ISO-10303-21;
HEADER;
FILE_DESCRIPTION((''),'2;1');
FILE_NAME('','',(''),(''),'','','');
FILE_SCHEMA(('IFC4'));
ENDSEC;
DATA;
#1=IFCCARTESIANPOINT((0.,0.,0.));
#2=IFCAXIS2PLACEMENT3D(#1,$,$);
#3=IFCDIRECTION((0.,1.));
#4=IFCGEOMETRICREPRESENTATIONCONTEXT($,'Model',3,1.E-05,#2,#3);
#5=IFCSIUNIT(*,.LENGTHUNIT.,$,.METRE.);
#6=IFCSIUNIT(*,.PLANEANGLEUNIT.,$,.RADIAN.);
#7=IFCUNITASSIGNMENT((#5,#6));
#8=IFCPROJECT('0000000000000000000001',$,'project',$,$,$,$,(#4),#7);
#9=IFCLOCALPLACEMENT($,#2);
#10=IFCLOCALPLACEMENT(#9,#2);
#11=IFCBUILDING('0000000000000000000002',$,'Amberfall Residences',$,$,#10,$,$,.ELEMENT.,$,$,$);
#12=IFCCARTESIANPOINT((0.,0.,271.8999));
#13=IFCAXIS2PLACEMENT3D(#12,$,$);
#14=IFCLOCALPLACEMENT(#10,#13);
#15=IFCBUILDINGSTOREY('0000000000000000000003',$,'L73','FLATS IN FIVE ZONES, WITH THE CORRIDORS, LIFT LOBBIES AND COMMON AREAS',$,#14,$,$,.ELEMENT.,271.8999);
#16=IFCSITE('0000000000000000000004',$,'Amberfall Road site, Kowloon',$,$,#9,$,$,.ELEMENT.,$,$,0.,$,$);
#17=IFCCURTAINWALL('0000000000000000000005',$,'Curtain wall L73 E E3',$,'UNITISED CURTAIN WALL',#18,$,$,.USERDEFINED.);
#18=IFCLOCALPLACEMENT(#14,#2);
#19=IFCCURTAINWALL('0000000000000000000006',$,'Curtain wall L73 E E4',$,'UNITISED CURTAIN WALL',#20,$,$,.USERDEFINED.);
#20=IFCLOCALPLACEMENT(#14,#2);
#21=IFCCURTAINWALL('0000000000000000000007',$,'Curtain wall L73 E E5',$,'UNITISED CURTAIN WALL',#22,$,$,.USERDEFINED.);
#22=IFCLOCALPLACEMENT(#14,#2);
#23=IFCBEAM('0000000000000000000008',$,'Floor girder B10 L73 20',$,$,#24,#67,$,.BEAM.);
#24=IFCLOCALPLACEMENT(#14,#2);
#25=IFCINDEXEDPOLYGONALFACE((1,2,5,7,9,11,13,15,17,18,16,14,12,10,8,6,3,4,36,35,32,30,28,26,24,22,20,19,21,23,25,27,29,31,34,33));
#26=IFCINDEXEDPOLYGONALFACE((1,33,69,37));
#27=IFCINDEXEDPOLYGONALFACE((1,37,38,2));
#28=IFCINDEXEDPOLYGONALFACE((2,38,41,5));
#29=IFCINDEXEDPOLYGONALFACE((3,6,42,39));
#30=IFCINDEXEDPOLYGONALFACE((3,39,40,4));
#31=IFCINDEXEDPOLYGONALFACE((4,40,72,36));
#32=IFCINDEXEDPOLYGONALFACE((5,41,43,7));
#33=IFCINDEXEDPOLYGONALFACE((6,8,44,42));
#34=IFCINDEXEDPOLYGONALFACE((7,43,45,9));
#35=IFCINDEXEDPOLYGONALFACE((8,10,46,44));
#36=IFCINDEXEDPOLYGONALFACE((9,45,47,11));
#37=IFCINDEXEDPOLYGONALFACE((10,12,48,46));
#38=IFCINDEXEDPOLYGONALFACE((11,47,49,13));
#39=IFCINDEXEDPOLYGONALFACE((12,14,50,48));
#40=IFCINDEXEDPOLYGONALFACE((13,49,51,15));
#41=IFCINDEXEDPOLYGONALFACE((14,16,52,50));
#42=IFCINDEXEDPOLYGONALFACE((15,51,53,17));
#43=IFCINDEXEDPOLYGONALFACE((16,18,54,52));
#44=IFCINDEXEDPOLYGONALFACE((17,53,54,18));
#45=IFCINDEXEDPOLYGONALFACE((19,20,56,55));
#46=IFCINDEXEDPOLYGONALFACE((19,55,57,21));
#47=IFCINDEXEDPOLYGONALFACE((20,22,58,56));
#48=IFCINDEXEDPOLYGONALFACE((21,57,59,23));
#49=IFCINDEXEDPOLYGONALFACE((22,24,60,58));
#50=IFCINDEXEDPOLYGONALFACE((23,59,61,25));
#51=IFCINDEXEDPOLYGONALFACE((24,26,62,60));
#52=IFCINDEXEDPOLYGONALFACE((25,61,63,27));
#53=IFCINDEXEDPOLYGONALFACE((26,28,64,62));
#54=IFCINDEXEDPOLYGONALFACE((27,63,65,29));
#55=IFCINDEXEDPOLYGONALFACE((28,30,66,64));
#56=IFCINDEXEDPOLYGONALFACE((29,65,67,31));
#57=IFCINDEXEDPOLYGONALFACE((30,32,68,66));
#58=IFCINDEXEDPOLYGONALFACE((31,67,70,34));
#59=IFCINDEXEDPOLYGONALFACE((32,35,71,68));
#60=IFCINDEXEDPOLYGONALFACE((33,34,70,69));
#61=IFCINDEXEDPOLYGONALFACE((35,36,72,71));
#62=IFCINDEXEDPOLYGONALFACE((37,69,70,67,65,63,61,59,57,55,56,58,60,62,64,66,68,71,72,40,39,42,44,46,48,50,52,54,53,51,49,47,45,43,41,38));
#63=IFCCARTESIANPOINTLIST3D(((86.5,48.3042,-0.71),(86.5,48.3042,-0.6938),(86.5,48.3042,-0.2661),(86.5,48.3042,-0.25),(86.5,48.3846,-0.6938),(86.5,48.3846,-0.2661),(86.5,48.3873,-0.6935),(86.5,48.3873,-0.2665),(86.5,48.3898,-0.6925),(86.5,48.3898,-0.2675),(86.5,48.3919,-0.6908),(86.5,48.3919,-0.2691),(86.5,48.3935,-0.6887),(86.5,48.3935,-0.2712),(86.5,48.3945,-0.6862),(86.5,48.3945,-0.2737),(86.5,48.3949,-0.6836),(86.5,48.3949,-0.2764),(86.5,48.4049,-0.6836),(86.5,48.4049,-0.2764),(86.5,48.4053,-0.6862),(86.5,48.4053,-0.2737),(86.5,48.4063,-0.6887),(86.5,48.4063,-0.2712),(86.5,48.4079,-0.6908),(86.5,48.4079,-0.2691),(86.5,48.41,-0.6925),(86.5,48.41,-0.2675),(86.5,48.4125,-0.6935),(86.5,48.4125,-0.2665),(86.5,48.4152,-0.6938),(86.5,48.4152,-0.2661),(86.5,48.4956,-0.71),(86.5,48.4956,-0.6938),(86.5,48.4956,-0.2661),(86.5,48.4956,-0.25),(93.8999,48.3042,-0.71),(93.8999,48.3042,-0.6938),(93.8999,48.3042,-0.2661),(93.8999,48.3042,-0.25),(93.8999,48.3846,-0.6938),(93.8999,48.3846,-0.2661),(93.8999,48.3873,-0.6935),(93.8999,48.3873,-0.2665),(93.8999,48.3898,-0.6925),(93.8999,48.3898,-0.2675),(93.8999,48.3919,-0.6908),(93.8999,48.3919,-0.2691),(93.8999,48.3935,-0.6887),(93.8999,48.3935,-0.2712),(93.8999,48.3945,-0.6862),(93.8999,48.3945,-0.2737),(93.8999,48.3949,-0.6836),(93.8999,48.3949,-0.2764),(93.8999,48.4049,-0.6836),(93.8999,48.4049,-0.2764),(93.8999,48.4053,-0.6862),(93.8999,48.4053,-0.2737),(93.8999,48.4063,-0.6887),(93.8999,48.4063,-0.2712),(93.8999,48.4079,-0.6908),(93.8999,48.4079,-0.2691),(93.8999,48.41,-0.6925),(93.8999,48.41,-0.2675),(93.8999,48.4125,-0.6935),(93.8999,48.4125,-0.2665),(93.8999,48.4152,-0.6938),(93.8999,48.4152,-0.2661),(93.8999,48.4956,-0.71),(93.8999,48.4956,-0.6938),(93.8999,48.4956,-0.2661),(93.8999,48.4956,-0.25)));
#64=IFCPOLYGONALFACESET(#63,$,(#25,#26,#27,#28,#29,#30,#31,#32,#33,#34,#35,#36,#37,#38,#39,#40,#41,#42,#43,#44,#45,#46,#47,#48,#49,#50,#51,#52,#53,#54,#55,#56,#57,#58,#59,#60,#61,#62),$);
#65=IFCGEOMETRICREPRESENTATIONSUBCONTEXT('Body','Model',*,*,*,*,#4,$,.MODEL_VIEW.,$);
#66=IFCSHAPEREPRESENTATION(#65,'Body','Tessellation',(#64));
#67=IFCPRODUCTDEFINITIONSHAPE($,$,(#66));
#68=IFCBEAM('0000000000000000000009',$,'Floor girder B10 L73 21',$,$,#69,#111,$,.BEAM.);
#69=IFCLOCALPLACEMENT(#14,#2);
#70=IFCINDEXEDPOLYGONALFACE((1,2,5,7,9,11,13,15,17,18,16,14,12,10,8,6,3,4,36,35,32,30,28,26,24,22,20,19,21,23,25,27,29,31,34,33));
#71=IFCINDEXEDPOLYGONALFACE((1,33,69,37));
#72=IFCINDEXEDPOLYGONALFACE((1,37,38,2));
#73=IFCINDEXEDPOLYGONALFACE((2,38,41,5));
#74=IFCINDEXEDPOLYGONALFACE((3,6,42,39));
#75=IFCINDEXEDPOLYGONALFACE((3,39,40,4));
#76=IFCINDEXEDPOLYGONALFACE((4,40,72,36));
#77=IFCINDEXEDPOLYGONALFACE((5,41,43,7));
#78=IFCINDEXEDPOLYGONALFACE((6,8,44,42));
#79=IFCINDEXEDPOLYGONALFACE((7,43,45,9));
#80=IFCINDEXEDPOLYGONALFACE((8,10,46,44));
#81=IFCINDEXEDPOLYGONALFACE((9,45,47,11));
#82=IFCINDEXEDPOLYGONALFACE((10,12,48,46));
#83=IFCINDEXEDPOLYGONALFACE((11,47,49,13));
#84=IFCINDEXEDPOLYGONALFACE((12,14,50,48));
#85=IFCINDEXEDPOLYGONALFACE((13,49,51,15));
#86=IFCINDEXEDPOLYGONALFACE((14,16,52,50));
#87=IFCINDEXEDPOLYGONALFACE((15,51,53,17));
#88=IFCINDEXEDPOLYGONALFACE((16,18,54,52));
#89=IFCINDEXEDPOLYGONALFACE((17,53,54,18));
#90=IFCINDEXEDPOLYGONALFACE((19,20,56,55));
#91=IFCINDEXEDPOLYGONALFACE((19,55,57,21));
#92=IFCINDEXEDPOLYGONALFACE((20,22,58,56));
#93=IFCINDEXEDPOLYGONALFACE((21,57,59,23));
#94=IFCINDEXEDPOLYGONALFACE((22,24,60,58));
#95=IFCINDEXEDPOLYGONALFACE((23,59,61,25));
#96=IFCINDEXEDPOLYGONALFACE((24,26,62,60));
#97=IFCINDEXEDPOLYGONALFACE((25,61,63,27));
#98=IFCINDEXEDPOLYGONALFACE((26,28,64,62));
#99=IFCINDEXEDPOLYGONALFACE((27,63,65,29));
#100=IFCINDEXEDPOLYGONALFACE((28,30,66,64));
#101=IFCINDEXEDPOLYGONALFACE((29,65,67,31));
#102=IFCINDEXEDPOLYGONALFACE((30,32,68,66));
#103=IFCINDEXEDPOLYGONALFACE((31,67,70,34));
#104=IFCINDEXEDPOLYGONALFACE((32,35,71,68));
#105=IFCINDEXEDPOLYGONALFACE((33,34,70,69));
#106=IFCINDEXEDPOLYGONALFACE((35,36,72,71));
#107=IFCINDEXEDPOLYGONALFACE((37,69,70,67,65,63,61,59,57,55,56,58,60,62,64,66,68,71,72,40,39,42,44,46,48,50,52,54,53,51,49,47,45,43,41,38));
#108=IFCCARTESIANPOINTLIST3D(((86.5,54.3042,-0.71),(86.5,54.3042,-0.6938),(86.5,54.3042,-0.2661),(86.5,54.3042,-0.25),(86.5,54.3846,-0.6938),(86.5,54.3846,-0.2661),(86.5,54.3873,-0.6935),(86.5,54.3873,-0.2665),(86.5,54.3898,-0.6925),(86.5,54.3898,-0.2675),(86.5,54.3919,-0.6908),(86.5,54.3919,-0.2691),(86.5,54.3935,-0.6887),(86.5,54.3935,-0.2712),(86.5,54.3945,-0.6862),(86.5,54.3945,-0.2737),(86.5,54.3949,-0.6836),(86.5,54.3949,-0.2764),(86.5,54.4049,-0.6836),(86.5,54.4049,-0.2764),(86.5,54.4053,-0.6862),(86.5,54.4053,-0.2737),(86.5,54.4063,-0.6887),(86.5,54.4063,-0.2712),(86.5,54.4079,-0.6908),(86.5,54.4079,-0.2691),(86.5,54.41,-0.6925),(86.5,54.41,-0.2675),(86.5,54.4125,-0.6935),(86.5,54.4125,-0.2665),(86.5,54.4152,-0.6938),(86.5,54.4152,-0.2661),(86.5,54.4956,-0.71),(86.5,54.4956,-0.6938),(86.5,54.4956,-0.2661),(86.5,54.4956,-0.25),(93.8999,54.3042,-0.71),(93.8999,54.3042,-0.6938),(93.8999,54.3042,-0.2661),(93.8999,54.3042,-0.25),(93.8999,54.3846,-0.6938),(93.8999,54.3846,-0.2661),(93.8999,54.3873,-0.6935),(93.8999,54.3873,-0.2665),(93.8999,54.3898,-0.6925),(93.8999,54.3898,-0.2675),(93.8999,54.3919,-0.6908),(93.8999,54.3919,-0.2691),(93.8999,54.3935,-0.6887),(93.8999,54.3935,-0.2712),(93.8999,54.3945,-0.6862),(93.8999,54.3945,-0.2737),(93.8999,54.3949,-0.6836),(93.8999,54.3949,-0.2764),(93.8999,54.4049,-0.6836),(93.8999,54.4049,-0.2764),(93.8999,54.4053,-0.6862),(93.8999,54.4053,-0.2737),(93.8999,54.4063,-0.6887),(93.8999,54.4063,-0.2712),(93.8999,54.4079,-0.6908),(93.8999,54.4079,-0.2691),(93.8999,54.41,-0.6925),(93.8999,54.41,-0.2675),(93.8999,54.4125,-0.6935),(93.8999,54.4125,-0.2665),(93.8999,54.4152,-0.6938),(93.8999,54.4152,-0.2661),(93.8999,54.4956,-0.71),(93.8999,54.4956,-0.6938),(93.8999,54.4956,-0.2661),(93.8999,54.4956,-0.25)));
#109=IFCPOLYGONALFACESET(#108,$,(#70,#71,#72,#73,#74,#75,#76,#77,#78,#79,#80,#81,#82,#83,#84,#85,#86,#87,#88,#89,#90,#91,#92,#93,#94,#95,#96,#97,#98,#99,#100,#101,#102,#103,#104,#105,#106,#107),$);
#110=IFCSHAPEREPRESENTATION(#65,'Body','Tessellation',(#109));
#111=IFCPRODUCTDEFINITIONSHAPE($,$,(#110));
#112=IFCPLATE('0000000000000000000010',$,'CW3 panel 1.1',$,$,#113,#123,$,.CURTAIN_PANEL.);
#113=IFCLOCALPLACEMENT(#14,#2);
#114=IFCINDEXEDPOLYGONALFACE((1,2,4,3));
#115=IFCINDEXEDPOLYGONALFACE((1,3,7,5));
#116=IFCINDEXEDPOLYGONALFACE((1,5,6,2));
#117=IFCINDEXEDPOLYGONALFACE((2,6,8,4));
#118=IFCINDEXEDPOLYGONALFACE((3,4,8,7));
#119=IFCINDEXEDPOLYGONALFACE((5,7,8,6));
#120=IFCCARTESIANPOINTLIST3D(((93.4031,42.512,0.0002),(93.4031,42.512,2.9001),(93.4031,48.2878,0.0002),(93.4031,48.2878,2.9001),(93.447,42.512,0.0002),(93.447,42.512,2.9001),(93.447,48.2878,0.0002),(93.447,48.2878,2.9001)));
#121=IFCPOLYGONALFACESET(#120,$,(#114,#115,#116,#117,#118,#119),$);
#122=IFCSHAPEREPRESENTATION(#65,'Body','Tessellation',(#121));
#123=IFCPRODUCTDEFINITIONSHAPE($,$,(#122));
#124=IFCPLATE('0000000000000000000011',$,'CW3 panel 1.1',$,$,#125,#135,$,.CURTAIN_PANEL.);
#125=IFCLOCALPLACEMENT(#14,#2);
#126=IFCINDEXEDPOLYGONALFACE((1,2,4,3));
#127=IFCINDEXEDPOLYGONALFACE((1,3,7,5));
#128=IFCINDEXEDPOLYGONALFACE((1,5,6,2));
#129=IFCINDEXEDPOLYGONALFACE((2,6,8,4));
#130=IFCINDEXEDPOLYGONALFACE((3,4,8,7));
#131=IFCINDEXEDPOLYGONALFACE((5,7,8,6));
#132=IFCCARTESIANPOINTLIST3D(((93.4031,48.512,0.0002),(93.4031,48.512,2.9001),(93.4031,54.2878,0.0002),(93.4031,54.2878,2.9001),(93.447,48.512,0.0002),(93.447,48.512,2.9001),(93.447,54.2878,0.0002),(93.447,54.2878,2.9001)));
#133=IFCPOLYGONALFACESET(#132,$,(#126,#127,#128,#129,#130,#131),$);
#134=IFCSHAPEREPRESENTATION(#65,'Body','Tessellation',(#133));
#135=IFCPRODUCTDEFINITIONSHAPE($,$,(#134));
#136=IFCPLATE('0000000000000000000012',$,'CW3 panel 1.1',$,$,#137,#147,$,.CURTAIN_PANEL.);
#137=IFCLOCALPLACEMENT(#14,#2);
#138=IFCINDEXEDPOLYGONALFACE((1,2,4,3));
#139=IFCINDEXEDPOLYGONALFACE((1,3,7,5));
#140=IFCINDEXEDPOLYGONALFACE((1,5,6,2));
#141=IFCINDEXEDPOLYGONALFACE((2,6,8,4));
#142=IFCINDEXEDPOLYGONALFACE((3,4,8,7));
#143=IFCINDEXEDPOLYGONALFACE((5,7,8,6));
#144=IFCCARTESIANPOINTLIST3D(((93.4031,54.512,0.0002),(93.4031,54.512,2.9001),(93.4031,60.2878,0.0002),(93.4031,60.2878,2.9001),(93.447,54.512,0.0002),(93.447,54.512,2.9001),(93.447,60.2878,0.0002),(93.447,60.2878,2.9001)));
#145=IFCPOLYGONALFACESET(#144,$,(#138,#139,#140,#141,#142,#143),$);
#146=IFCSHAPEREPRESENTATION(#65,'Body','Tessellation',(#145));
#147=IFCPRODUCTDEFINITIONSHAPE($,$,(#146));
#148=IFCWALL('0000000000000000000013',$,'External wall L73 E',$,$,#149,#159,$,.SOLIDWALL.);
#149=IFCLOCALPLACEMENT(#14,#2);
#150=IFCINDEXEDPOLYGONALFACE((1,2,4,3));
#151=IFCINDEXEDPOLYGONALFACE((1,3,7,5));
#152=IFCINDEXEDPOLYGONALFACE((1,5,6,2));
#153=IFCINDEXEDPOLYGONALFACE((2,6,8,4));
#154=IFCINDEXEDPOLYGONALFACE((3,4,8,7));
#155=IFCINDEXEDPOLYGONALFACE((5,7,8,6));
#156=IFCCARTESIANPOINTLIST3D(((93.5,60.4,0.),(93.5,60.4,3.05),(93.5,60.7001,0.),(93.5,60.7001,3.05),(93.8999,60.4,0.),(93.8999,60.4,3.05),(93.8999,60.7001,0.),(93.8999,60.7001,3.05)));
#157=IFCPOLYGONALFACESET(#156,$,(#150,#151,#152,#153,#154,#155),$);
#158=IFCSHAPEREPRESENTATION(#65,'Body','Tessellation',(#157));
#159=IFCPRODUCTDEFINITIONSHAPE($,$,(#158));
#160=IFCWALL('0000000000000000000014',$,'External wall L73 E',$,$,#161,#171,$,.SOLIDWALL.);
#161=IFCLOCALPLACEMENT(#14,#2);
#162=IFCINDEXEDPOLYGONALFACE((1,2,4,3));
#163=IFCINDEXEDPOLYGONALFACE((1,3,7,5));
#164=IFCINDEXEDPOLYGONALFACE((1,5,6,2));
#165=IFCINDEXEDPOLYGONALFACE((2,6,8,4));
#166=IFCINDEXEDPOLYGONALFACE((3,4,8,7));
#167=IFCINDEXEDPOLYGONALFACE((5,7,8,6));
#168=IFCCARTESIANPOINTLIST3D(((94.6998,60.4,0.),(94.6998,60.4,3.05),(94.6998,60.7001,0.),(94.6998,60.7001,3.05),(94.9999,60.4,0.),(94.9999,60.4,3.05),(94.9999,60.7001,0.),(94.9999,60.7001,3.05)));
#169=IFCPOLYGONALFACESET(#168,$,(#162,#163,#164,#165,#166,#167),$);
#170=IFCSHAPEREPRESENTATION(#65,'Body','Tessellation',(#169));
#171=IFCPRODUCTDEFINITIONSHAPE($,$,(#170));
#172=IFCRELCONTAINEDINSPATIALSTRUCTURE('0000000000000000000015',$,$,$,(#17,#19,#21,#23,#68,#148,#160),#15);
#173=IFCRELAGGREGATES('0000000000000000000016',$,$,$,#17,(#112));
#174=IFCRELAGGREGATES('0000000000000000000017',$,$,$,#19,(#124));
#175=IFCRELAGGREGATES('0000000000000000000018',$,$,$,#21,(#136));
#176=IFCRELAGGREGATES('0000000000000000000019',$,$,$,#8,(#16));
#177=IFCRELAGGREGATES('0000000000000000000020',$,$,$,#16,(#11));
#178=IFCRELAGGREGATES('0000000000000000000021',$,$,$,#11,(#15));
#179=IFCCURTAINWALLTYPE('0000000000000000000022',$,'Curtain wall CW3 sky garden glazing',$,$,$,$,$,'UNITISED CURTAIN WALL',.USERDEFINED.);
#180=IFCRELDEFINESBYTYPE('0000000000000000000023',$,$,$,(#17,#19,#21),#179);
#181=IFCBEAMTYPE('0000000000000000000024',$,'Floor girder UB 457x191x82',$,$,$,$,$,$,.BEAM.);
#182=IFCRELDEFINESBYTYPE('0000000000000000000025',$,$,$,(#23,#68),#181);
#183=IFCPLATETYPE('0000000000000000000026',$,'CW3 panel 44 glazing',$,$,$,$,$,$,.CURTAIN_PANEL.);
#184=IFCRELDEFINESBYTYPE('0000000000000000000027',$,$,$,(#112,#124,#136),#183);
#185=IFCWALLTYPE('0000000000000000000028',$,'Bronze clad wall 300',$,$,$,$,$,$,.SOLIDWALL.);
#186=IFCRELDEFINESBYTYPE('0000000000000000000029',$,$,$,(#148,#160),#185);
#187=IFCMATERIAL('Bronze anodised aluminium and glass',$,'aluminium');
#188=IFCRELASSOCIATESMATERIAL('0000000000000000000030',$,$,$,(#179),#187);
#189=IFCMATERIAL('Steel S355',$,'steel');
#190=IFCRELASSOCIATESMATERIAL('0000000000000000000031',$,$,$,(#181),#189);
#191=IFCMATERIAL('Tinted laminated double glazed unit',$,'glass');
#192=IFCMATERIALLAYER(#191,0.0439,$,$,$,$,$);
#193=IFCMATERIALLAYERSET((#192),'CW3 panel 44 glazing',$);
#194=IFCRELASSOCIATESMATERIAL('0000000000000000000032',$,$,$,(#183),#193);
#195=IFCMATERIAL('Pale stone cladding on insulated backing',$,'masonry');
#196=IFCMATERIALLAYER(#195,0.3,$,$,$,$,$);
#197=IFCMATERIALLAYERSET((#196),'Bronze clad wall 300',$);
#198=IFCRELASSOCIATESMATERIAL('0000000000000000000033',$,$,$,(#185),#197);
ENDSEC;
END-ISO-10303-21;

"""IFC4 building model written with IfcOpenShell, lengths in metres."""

from ifc_helpers import new_model, si_unit, direction, frame, frame_2d, origin, origin_2d, place, context, subcontext, project, spatial, rectangle, i_section, extrude, material, layer, layer_set, material_profile, profile_set, type_object, element, aggregate, save


model = new_model("IFC4")

# Units and contexts
model_context = context("Model", 3, precision=1e-05, world=origin(), true_north=direction((0.0, 1.0)))
body_context = subcontext(model_context, "Body", "Model", "MODEL_VIEW")
ifc_project = project(units=[si_unit("LENGTHUNIT", "METRE"), si_unit("PLANEANGLEUNIT", "RADIAN")], contexts=[model_context])

# Site, building, storey
site_placement = place(None, origin())
site = spatial("IfcSite", under=ifc_project, at=site_placement, Name="Amberfall Road site, Kowloon", CompositionType="ELEMENT", RefElevation=0.0)
building_placement = place(site_placement, origin())
building = spatial("IfcBuilding", under=site, at=building_placement, Name="Amberfall Residences", CompositionType="ELEMENT")
storey_placement = place(building_placement, frame((0.0, 0.0, 271.8999)))
storey = spatial("IfcBuildingStorey", under=building, at=storey_placement, Name="L73", Description="FLATS IN FIVE ZONES, WITH THE CORRIDORS, LIFT LOBBIES AND COMMON AREAS", CompositionType="ELEMENT", Elevation=271.8999)

# Curtain wall
ifc_material_1 = material(Name="Bronze anodised aluminium and glass", Category="aluminium")
curtain_wall_type = type_object("IfcCurtainWallType", Name="Curtain wall CW3 sky garden glazing", ElementType="UNITISED CURTAIN WALL", PredefinedType="USERDEFINED", material=ifc_material_1)
curtain_wall_1_placement = place(storey_placement, origin())
curtain_wall_1 = element("IfcCurtainWall", 1, at=curtain_wall_1_placement, inside=storey, type_object=curtain_wall_type, Name="Curtain wall L73 E E3", ObjectType="UNITISED CURTAIN WALL", PredefinedType="USERDEFINED")

# Curtain walls
curtain_wall_2_placement = place(storey_placement, origin())
curtain_wall_2 = element("IfcCurtainWall", 2, at=curtain_wall_2_placement, inside=storey, type_object=curtain_wall_type, Name="Curtain wall L73 E E4", ObjectType="UNITISED CURTAIN WALL", PredefinedType="USERDEFINED")
curtain_wall_3_placement = place(storey_placement, origin())
curtain_wall_3 = element("IfcCurtainWall", 3, at=curtain_wall_3_placement, inside=storey, type_object=curtain_wall_type, Name="Curtain wall L73 E E5", ObjectType="UNITISED CURTAIN WALL", PredefinedType="USERDEFINED")

# Beams
ifc_material_2 = material(Name="Steel S355", Category="steel")
ifc_material_profile_1 = material_profile(ifc_material_2, i_section(OverallWidth=0.1914, OverallDepth=0.46, WebThickness=0.01, FlangeThickness=0.0161, FilletRadius=0.0103, at=origin_2d()), Name="UB 457x191x82")
ifc_profile_set_1 = profile_set([ifc_material_profile_1], Name="Steel S355")
beam_type_1 = type_object("IfcBeamType", Name="Floor girder UB 457x191x82", PredefinedType="BEAM", material=ifc_profile_set_1)
for number, where, z_axis, x_axis, name in (
    (4, (93.8999, 48.3999, -0.48), (-1.0, 0.0, 0.0), (0.0, -1.0, 0.0), "Floor girder B10 L73 20"),
    (5, (93.8999, 54.3999, -0.48), (-1.0, 0.0, 0.0), (0.0, -1.0, 0.0), "Floor girder B10 L73 21"),
):
    element("IfcBeam", number, at=place(storey_placement, frame(where, z_axis=z_axis, x_axis=x_axis)), inside=storey, type_object=beam_type_1, Name=name, PredefinedType="BEAM", context=body_context, shape_type="SweptSolid", body=[
        extrude(i_section(OverallWidth=0.1914, OverallDepth=0.46, WebThickness=0.01, FlangeThickness=0.0161, FilletRadius=0.0103, at=origin_2d()), origin(), (0.0, 0.0, 1.0), 7.3999),
    ])

# Plates
ifc_material_3 = material(Name="Tinted laminated double glazed unit", Category="glass")
ifc_layer_1 = layer(ifc_material_3, 0.0439)
ifc_layer_set_1 = layer_set([ifc_layer_1], Name="CW3 panel 44 glazing")
plate_type = type_object("IfcPlateType", Name="CW3 panel 44 glazing", PredefinedType="CURTAIN_PANEL", material=ifc_layer_set_1)
plate_1_placement = place(storey_placement, frame((93.425, 45.3999, 0.0002), z_axis=(0.0, 0.0, 1.0), x_axis=(0.0, 1.0, 0.0)))
plate_1 = element("IfcPlate", 6, at=plate_1_placement, type_object=plate_type, Name="CW3 panel 1.1", PredefinedType="CURTAIN_PANEL", context=body_context, shape_type="SweptSolid", body=[
    extrude(rectangle(XDim=5.7759, YDim=0.0439, at=origin_2d()), origin(), (0.0, 0.0, 1.0), 2.8999),
])
aggregate(curtain_wall_1, [plate_1])
plate_2_placement = place(storey_placement, frame((93.425, 51.3999, 0.0002), z_axis=(0.0, 0.0, 1.0), x_axis=(0.0, 1.0, 0.0)))
plate_2 = element("IfcPlate", 7, at=plate_2_placement, type_object=plate_type, Name="CW3 panel 1.1", PredefinedType="CURTAIN_PANEL", context=body_context, shape_type="SweptSolid", body=[
    extrude(rectangle(XDim=5.7759, YDim=0.0439, at=origin_2d()), origin(), (0.0, 0.0, 1.0), 2.8999),
])
aggregate(curtain_wall_2, [plate_2])
plate_3_placement = place(storey_placement, frame((93.425, 57.3999, 0.0002), z_axis=(0.0, 0.0, 1.0), x_axis=(0.0, 1.0, 0.0)))
plate_3 = element("IfcPlate", 8, at=plate_3_placement, type_object=plate_type, Name="CW3 panel 1.1", PredefinedType="CURTAIN_PANEL", context=body_context, shape_type="SweptSolid", body=[
    extrude(rectangle(XDim=5.7759, YDim=0.0439, at=origin_2d()), origin(), (0.0, 0.0, 1.0), 2.8999),
])
aggregate(curtain_wall_3, [plate_3])

# Walls
ifc_material_4 = material(Name="Pale stone cladding on insulated backing", Category="masonry")
ifc_layer_2 = layer(ifc_material_4, 0.3)
ifc_layer_set_2 = layer_set([ifc_layer_2], Name="Bronze clad wall 300")
wall_type_1 = type_object("IfcWallType", Name="Bronze clad wall 300", PredefinedType="SOLIDWALL", material=ifc_layer_set_2)
wall_1_placement = place(storey_placement, frame((93.5, 60.55, 0.0), z_axis=(0.0, 0.0, 1.0), x_axis=(1.0, 0.0, 0.0)))
element("IfcWall", 9, at=wall_1_placement, inside=storey, type_object=wall_type_1, Name="External wall L73 E", PredefinedType="SOLIDWALL", context=body_context, shape_type="SweptSolid", body=[
    extrude(rectangle(XDim=0.3999, YDim=0.3, at=frame_2d((0.2, 0.0))), origin(), (0.0, 0.0, 1.0), 3.05),
])
wall_2_placement = place(storey_placement, frame((94.7, 60.55, 0.0), z_axis=(0.0, 0.0, 1.0), x_axis=(1.0, 0.0, 0.0)))
element("IfcWall", 10, at=wall_2_placement, inside=storey, type_object=wall_type_1, Name="External wall L73 E", PredefinedType="SOLIDWALL", context=body_context, shape_type="SweptSolid", body=[
    extrude(rectangle(XDim=0.3, YDim=0.3, at=frame_2d((0.1499, 0.0))), origin(), (0.0, 0.0, 1.0), 3.05),
])

save(model, "model.ifc")
